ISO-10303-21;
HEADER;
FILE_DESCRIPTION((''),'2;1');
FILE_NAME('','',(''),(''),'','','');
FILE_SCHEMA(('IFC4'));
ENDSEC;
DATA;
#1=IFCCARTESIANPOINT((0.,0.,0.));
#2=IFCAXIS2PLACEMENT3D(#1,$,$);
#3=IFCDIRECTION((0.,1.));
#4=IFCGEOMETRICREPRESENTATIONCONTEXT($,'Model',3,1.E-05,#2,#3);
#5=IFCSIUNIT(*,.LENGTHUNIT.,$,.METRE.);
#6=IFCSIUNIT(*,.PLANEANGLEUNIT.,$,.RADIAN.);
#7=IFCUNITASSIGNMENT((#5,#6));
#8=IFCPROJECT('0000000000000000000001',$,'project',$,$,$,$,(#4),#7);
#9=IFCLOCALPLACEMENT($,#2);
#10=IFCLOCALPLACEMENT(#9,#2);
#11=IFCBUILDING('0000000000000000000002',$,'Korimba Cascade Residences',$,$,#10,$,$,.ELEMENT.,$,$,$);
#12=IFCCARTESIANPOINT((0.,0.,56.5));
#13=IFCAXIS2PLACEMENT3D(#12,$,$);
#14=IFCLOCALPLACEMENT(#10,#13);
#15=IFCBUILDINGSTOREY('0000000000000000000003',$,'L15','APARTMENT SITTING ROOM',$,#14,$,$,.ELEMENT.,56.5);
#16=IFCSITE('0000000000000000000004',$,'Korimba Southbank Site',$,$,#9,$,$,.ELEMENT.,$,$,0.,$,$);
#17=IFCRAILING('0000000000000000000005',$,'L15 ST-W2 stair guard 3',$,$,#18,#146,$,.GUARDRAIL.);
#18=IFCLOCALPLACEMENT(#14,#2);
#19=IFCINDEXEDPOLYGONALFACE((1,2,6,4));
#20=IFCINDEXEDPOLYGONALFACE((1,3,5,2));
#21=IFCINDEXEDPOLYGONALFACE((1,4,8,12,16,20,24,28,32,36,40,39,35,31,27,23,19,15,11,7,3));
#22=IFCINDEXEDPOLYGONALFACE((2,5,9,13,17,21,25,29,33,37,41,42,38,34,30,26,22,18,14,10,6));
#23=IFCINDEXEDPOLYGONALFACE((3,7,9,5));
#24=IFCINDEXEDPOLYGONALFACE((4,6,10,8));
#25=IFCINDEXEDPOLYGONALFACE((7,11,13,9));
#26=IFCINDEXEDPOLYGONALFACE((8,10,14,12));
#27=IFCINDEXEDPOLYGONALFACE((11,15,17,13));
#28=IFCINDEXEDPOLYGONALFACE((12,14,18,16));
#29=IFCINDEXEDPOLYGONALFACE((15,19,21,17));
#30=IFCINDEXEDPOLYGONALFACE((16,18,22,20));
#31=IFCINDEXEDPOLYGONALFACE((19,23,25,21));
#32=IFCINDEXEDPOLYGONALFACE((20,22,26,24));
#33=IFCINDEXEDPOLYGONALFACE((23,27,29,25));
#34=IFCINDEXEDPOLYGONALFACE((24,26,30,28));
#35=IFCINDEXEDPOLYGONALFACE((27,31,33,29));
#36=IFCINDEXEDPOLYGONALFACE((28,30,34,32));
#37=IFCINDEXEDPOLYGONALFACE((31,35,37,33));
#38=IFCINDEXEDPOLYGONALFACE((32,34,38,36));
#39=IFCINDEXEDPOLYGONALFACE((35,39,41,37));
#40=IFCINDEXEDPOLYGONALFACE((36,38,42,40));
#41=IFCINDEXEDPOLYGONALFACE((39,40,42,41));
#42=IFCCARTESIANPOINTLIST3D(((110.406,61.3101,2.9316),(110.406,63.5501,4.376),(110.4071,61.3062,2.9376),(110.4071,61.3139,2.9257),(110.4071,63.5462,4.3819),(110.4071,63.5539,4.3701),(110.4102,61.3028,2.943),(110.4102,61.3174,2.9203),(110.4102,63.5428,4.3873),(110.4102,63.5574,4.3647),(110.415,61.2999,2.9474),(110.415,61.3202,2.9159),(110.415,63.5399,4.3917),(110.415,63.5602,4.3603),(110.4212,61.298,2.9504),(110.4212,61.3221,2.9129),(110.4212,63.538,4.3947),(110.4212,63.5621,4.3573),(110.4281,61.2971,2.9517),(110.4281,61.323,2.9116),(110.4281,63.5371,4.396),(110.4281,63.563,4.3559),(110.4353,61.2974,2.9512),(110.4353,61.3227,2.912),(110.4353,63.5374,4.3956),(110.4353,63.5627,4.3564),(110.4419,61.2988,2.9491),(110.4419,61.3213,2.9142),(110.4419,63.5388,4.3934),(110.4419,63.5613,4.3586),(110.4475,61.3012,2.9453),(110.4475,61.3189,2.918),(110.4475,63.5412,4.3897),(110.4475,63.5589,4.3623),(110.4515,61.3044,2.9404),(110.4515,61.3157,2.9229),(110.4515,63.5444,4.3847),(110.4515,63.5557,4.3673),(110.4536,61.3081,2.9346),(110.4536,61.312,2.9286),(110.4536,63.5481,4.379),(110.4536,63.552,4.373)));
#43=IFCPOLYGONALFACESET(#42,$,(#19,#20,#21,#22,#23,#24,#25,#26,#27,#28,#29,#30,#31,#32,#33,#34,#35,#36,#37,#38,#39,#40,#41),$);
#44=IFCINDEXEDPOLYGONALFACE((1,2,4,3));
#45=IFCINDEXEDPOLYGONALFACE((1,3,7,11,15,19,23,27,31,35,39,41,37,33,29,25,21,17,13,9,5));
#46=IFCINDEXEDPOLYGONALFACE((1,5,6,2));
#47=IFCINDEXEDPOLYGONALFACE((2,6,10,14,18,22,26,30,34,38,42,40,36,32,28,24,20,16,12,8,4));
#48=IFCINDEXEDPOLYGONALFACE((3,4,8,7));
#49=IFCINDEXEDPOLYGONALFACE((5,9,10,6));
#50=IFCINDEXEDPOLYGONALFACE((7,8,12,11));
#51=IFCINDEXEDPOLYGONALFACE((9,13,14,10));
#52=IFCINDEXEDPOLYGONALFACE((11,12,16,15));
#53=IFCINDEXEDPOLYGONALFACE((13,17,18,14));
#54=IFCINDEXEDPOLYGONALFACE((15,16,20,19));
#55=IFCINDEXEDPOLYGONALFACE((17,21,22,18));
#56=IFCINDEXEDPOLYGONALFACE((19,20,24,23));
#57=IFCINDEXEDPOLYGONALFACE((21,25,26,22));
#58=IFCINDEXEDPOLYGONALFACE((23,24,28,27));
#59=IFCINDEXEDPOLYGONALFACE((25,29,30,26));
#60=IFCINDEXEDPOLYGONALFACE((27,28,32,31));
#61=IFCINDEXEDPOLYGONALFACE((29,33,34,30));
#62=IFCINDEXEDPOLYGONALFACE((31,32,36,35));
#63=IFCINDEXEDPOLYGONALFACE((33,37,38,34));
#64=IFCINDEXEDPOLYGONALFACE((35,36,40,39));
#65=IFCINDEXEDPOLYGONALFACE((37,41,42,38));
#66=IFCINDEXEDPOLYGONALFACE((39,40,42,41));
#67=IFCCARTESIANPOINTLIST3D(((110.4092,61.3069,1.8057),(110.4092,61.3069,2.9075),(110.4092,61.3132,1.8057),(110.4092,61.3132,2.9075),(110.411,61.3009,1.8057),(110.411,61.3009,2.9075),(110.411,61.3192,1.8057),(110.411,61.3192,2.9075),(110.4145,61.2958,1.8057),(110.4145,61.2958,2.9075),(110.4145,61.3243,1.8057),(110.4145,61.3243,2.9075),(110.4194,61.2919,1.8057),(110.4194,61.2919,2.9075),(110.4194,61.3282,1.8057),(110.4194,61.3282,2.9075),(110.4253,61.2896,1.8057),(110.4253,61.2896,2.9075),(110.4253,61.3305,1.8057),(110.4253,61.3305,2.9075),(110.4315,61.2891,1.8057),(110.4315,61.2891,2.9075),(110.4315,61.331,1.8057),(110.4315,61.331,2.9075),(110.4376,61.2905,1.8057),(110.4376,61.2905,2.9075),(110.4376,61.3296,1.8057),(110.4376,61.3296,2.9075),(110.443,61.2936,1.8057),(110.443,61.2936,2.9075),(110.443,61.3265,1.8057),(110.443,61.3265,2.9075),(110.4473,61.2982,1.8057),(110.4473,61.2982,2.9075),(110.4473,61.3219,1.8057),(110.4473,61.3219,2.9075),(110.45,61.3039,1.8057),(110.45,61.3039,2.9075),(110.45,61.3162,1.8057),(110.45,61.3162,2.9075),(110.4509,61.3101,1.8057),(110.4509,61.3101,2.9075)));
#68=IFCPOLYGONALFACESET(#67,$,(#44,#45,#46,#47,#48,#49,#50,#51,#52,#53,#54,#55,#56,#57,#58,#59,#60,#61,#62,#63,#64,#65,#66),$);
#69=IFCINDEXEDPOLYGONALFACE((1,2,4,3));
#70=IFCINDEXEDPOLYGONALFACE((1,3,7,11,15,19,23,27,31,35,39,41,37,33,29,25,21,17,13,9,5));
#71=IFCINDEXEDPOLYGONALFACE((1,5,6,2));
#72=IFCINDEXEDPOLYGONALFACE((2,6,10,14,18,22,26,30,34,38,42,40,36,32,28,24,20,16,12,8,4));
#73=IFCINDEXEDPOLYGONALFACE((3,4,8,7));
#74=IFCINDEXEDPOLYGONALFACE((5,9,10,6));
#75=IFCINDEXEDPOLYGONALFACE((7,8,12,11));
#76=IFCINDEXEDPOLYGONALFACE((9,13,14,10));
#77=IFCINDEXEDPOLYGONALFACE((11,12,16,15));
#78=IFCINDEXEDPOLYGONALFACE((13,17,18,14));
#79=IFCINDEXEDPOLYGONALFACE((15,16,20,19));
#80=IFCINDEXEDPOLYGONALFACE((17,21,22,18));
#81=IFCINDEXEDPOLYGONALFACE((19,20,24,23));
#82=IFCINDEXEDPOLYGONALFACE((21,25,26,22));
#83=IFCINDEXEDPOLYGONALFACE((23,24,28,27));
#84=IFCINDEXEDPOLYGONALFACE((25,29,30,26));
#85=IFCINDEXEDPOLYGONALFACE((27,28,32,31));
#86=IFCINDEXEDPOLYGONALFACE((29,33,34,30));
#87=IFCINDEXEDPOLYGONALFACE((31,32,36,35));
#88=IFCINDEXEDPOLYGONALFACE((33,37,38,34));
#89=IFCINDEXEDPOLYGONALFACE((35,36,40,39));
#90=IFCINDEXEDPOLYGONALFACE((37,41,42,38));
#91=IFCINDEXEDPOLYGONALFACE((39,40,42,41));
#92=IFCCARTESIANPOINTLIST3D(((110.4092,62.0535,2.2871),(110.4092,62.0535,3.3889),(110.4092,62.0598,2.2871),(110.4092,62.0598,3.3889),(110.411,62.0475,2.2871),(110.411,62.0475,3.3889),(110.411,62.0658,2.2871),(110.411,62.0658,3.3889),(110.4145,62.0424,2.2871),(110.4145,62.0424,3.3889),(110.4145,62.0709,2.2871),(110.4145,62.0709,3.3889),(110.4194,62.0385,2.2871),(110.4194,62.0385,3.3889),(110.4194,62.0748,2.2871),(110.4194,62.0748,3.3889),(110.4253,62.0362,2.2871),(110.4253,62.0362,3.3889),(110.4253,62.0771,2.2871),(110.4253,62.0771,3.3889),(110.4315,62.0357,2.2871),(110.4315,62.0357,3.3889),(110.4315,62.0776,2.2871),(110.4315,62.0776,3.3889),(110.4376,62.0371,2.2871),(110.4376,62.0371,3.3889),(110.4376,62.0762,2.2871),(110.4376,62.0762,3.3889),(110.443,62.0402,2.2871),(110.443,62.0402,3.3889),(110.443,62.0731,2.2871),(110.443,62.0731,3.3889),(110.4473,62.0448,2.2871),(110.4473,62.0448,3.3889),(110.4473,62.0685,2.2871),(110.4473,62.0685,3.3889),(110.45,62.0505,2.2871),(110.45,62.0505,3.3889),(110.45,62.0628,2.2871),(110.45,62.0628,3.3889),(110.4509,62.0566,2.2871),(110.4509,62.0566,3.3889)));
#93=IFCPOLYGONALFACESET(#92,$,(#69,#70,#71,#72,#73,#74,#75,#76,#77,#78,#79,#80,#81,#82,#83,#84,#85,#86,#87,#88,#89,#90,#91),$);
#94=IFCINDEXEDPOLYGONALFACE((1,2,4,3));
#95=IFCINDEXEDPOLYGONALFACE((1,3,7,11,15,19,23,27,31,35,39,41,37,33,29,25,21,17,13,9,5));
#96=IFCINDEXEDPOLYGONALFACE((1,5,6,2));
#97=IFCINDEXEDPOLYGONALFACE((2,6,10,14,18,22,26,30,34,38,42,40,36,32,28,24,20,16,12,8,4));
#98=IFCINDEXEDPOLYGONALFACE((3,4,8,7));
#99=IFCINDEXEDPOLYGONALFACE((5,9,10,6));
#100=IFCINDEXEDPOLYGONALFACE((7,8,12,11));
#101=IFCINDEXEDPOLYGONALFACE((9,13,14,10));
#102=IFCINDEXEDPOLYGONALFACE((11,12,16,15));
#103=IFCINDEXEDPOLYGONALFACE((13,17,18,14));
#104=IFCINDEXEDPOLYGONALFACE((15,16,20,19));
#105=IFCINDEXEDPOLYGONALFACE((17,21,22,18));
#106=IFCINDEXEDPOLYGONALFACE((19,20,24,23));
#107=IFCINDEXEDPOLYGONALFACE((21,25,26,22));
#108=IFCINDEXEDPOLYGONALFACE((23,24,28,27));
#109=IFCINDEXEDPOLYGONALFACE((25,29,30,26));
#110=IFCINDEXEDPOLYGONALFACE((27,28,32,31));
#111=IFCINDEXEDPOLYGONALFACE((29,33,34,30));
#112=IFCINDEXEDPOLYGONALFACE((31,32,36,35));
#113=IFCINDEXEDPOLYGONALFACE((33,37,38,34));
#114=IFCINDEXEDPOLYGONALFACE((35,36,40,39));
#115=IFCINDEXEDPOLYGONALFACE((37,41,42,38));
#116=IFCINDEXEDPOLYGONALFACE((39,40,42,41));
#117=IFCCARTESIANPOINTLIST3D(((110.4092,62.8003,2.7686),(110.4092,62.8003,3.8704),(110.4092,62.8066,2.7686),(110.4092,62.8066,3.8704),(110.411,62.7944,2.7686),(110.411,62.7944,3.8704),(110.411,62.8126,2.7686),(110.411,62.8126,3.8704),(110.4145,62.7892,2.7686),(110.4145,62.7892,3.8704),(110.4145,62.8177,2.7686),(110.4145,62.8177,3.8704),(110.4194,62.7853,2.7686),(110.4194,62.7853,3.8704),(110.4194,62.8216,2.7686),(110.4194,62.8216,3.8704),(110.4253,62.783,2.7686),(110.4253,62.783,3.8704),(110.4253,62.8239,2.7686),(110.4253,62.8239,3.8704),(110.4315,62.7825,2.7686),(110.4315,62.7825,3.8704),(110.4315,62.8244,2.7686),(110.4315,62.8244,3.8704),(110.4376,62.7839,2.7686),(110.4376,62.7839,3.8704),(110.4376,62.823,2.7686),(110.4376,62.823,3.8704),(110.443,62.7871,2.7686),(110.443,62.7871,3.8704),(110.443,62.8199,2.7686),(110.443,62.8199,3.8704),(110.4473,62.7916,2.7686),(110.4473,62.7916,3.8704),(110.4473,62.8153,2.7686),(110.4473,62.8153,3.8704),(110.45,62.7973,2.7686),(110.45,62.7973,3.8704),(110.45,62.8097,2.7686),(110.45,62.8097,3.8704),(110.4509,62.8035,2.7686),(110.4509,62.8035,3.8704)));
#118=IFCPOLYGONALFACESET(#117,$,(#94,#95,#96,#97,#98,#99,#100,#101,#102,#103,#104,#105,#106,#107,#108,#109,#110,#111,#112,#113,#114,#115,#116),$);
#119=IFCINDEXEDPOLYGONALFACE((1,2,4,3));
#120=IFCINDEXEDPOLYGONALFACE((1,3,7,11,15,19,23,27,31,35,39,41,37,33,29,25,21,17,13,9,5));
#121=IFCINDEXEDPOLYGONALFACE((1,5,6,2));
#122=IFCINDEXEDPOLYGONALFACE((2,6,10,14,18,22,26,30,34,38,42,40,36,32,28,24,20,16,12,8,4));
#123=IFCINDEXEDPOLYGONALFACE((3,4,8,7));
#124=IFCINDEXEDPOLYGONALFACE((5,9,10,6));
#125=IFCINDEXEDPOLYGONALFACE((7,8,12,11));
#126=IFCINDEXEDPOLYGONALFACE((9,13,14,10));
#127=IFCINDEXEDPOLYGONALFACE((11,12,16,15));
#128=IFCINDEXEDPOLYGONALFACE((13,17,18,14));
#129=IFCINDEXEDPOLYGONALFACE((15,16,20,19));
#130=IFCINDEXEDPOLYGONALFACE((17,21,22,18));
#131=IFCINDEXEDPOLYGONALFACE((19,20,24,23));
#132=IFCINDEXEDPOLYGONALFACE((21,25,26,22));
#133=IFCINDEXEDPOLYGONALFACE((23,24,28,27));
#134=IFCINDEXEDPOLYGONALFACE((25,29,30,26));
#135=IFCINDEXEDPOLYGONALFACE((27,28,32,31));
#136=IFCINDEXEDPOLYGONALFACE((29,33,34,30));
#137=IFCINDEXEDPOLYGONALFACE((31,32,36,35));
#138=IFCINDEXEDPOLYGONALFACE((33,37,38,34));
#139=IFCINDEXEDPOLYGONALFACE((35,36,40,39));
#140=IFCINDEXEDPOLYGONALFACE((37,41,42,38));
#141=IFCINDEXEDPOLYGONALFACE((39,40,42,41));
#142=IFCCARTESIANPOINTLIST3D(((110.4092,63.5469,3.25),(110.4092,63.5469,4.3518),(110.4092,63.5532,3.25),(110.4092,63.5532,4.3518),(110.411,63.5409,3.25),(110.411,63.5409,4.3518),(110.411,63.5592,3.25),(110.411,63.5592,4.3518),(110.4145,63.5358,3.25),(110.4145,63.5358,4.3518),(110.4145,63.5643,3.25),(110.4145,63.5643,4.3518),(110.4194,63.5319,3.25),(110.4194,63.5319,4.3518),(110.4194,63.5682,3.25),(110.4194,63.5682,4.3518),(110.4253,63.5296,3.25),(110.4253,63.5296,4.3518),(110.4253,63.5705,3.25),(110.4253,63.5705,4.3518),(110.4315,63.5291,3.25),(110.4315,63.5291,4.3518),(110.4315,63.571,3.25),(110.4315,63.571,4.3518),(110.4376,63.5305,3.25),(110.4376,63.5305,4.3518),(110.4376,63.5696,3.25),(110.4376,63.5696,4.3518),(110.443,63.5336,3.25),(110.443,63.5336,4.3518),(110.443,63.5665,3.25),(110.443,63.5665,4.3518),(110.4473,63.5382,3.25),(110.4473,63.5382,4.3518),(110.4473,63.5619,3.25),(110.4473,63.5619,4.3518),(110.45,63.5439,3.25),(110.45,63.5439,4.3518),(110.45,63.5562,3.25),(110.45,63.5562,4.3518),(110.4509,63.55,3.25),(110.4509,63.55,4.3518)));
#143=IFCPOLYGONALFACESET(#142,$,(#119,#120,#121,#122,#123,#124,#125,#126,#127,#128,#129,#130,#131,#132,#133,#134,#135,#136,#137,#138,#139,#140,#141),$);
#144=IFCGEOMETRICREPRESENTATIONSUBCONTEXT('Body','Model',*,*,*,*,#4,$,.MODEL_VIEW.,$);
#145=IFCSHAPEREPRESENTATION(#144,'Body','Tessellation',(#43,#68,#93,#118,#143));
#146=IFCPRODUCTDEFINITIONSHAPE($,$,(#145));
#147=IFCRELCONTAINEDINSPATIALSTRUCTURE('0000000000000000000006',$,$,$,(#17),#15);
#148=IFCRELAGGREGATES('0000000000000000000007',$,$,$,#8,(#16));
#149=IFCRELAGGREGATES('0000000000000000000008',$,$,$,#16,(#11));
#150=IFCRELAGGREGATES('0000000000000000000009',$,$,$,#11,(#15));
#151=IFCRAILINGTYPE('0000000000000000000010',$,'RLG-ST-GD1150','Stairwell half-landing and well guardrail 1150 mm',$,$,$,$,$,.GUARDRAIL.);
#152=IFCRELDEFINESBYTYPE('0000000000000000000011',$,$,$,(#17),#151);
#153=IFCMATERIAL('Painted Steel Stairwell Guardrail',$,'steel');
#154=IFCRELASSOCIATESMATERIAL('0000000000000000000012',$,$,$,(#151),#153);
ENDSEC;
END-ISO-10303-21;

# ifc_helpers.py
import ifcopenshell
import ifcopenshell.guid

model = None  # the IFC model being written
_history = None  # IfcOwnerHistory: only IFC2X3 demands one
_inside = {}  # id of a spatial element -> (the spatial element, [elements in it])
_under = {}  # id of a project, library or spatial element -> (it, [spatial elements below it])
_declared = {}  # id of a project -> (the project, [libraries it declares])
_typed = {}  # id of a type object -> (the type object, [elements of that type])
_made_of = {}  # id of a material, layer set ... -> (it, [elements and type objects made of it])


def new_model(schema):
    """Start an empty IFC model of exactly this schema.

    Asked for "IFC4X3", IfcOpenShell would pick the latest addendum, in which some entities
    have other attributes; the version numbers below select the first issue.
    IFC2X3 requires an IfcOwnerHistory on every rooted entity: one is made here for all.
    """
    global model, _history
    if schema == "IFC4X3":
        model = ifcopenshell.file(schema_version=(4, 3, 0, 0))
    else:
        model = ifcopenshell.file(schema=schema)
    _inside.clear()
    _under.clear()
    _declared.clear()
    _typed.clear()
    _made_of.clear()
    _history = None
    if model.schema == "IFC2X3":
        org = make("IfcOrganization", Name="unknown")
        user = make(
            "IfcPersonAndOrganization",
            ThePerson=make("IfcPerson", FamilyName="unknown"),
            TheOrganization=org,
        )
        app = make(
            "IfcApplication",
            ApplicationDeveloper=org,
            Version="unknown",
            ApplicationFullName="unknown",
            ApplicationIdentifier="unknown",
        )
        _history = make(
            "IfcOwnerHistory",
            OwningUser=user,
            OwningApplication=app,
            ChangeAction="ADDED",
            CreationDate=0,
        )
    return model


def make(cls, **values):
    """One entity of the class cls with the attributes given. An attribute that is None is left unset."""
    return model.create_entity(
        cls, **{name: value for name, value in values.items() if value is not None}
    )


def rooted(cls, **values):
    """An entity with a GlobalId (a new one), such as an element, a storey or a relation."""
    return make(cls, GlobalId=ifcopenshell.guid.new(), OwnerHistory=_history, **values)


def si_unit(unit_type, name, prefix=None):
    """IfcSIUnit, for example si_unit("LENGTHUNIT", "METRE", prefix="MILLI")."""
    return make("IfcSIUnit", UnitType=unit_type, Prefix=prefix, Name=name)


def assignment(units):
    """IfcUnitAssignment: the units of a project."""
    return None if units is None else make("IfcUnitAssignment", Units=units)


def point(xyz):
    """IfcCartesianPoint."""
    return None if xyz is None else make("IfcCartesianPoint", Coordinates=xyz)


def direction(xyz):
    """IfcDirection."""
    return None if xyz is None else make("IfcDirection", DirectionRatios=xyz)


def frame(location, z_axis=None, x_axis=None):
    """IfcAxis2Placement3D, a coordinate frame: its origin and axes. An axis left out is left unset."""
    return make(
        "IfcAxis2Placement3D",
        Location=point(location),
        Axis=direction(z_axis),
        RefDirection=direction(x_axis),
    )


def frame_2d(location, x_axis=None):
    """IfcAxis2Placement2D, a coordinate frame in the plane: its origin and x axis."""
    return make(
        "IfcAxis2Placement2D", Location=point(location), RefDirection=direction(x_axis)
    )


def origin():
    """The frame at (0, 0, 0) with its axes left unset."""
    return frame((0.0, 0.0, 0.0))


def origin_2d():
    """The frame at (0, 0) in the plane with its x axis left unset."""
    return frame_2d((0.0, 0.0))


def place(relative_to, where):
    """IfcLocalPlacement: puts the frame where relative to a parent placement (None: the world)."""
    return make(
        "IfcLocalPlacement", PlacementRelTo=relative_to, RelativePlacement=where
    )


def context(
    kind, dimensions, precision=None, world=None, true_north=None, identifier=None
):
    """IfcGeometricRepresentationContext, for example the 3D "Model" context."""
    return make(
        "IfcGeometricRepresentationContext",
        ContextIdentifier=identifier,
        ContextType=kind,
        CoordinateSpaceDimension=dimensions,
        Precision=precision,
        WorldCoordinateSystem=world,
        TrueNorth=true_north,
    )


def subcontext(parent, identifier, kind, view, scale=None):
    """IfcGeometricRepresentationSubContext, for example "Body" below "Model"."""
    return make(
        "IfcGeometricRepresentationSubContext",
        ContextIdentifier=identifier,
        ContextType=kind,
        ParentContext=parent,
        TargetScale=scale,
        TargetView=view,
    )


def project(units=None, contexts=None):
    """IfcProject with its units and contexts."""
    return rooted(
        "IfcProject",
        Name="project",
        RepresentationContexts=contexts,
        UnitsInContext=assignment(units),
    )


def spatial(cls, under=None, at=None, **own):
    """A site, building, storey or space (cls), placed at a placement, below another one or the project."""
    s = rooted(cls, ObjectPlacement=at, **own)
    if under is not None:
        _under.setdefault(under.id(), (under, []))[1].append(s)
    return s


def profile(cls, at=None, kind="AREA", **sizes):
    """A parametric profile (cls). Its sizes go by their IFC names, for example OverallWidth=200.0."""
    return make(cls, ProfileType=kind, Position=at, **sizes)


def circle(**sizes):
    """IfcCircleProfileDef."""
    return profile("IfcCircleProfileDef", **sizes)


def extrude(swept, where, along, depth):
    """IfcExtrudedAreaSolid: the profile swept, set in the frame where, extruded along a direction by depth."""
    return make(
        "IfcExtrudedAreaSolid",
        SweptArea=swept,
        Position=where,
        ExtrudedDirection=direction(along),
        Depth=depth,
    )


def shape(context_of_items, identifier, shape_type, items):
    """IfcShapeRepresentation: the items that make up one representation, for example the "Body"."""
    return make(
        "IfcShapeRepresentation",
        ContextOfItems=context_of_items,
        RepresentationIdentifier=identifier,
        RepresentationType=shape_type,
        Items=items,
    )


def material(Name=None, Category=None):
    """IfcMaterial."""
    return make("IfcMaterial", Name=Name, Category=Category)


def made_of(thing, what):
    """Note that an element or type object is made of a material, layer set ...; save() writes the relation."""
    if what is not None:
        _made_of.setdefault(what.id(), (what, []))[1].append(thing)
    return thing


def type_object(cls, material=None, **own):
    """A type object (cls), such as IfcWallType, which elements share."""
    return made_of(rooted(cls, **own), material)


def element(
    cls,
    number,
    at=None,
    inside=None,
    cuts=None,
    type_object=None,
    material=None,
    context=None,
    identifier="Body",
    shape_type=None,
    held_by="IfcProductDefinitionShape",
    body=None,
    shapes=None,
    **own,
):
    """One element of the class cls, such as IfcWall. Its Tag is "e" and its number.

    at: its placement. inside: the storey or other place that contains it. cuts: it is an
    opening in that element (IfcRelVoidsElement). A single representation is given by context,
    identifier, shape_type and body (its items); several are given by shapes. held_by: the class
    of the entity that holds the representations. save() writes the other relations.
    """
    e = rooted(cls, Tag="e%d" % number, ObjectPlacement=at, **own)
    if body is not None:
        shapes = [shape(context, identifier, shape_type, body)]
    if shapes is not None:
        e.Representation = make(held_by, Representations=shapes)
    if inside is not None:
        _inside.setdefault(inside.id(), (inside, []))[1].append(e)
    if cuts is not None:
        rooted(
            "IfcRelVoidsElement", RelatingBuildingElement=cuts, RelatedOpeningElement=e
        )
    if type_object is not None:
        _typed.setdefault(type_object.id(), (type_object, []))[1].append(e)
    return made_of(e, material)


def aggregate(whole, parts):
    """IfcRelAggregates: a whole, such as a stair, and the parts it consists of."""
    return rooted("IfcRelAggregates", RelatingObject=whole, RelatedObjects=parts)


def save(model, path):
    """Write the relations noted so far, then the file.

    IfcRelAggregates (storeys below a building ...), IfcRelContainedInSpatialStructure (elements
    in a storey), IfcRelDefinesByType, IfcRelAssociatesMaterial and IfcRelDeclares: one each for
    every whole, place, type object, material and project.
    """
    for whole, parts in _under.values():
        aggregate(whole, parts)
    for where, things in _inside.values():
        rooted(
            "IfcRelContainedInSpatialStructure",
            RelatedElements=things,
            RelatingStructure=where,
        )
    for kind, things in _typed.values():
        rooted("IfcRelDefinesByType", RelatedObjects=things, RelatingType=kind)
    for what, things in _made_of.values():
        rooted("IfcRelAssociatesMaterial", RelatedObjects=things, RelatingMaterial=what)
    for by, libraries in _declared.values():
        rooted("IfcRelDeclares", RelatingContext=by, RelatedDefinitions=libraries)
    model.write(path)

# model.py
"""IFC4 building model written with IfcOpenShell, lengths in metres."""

from ifc_helpers import new_model, si_unit, direction, frame, origin, origin_2d, place, context, subcontext, project, spatial, circle, extrude, material, type_object, element, save


model = new_model("IFC4")

# Units and contexts
model_context = context("Model", 3, precision=1e-05, world=origin(), true_north=direction((0.0, 1.0)))
body_context = subcontext(model_context, "Body", "Model", "MODEL_VIEW")
ifc_project = project(units=[si_unit("LENGTHUNIT", "METRE"), si_unit("PLANEANGLEUNIT", "RADIAN")], contexts=[model_context])

# Site, building, storey
site_placement = place(None, origin())
site = spatial("IfcSite", under=ifc_project, at=site_placement, Name="Korimba Southbank Site", CompositionType="ELEMENT", RefElevation=0.0)
building_placement = place(site_placement, origin())
building = spatial("IfcBuilding", under=site, at=building_placement, Name="Korimba Cascade Residences", CompositionType="ELEMENT")
storey_placement = place(building_placement, frame((0.0, 0.0, 56.5)))
storey = spatial("IfcBuildingStorey", under=building, at=storey_placement, Name="L15", Description="APARTMENT SITTING ROOM", CompositionType="ELEMENT", Elevation=56.5)

# Railing
ifc_material_1 = material(Name="Painted Steel Stairwell Guardrail", Category="steel")
railing_type_1 = type_object("IfcRailingType", Name="RLG-ST-GD1150", Description="Stairwell half-landing and well guardrail 1150 mm", PredefinedType="GUARDRAIL", material=ifc_material_1)
railing_1_placement = place(storey_placement, frame((110.4299, 61.3101, 1.8057)))
element("IfcRailing", 1, at=railing_1_placement, inside=storey, type_object=railing_type_1, Name="L15 ST-W2 stair guard 3", PredefinedType="GUARDRAIL", context=body_context, shape_type="SweptSolid", body=[
    extrude(circle(Radius=0.0239, at=origin_2d()), frame((0.0, 0.0, 1.126), z_axis=(0.0, 0.840437, 0.54191), x_axis=(-1.0, 0.0, 0.0)), (0.0, 0.0, 1.0), 2.6653),
    extrude(circle(Radius=0.021, at=origin_2d()), origin(), (0.0, 0.0, 1.0), 1.1018),
    extrude(circle(Radius=0.021, at=origin_2d()), frame((0.0, 0.7466, 0.4814)), (0.0, 0.0, 1.0), 1.1018),
    extrude(circle(Radius=0.021, at=origin_2d()), frame((0.0, 1.4934, 0.9629)), (0.0, 0.0, 1.0), 1.1018),
    extrude(circle(Radius=0.021, at=origin_2d()), frame((0.0, 2.24, 1.4443)), (0.0, 0.0, 1.0), 1.1018),
])

save(model, "model.ifc")
